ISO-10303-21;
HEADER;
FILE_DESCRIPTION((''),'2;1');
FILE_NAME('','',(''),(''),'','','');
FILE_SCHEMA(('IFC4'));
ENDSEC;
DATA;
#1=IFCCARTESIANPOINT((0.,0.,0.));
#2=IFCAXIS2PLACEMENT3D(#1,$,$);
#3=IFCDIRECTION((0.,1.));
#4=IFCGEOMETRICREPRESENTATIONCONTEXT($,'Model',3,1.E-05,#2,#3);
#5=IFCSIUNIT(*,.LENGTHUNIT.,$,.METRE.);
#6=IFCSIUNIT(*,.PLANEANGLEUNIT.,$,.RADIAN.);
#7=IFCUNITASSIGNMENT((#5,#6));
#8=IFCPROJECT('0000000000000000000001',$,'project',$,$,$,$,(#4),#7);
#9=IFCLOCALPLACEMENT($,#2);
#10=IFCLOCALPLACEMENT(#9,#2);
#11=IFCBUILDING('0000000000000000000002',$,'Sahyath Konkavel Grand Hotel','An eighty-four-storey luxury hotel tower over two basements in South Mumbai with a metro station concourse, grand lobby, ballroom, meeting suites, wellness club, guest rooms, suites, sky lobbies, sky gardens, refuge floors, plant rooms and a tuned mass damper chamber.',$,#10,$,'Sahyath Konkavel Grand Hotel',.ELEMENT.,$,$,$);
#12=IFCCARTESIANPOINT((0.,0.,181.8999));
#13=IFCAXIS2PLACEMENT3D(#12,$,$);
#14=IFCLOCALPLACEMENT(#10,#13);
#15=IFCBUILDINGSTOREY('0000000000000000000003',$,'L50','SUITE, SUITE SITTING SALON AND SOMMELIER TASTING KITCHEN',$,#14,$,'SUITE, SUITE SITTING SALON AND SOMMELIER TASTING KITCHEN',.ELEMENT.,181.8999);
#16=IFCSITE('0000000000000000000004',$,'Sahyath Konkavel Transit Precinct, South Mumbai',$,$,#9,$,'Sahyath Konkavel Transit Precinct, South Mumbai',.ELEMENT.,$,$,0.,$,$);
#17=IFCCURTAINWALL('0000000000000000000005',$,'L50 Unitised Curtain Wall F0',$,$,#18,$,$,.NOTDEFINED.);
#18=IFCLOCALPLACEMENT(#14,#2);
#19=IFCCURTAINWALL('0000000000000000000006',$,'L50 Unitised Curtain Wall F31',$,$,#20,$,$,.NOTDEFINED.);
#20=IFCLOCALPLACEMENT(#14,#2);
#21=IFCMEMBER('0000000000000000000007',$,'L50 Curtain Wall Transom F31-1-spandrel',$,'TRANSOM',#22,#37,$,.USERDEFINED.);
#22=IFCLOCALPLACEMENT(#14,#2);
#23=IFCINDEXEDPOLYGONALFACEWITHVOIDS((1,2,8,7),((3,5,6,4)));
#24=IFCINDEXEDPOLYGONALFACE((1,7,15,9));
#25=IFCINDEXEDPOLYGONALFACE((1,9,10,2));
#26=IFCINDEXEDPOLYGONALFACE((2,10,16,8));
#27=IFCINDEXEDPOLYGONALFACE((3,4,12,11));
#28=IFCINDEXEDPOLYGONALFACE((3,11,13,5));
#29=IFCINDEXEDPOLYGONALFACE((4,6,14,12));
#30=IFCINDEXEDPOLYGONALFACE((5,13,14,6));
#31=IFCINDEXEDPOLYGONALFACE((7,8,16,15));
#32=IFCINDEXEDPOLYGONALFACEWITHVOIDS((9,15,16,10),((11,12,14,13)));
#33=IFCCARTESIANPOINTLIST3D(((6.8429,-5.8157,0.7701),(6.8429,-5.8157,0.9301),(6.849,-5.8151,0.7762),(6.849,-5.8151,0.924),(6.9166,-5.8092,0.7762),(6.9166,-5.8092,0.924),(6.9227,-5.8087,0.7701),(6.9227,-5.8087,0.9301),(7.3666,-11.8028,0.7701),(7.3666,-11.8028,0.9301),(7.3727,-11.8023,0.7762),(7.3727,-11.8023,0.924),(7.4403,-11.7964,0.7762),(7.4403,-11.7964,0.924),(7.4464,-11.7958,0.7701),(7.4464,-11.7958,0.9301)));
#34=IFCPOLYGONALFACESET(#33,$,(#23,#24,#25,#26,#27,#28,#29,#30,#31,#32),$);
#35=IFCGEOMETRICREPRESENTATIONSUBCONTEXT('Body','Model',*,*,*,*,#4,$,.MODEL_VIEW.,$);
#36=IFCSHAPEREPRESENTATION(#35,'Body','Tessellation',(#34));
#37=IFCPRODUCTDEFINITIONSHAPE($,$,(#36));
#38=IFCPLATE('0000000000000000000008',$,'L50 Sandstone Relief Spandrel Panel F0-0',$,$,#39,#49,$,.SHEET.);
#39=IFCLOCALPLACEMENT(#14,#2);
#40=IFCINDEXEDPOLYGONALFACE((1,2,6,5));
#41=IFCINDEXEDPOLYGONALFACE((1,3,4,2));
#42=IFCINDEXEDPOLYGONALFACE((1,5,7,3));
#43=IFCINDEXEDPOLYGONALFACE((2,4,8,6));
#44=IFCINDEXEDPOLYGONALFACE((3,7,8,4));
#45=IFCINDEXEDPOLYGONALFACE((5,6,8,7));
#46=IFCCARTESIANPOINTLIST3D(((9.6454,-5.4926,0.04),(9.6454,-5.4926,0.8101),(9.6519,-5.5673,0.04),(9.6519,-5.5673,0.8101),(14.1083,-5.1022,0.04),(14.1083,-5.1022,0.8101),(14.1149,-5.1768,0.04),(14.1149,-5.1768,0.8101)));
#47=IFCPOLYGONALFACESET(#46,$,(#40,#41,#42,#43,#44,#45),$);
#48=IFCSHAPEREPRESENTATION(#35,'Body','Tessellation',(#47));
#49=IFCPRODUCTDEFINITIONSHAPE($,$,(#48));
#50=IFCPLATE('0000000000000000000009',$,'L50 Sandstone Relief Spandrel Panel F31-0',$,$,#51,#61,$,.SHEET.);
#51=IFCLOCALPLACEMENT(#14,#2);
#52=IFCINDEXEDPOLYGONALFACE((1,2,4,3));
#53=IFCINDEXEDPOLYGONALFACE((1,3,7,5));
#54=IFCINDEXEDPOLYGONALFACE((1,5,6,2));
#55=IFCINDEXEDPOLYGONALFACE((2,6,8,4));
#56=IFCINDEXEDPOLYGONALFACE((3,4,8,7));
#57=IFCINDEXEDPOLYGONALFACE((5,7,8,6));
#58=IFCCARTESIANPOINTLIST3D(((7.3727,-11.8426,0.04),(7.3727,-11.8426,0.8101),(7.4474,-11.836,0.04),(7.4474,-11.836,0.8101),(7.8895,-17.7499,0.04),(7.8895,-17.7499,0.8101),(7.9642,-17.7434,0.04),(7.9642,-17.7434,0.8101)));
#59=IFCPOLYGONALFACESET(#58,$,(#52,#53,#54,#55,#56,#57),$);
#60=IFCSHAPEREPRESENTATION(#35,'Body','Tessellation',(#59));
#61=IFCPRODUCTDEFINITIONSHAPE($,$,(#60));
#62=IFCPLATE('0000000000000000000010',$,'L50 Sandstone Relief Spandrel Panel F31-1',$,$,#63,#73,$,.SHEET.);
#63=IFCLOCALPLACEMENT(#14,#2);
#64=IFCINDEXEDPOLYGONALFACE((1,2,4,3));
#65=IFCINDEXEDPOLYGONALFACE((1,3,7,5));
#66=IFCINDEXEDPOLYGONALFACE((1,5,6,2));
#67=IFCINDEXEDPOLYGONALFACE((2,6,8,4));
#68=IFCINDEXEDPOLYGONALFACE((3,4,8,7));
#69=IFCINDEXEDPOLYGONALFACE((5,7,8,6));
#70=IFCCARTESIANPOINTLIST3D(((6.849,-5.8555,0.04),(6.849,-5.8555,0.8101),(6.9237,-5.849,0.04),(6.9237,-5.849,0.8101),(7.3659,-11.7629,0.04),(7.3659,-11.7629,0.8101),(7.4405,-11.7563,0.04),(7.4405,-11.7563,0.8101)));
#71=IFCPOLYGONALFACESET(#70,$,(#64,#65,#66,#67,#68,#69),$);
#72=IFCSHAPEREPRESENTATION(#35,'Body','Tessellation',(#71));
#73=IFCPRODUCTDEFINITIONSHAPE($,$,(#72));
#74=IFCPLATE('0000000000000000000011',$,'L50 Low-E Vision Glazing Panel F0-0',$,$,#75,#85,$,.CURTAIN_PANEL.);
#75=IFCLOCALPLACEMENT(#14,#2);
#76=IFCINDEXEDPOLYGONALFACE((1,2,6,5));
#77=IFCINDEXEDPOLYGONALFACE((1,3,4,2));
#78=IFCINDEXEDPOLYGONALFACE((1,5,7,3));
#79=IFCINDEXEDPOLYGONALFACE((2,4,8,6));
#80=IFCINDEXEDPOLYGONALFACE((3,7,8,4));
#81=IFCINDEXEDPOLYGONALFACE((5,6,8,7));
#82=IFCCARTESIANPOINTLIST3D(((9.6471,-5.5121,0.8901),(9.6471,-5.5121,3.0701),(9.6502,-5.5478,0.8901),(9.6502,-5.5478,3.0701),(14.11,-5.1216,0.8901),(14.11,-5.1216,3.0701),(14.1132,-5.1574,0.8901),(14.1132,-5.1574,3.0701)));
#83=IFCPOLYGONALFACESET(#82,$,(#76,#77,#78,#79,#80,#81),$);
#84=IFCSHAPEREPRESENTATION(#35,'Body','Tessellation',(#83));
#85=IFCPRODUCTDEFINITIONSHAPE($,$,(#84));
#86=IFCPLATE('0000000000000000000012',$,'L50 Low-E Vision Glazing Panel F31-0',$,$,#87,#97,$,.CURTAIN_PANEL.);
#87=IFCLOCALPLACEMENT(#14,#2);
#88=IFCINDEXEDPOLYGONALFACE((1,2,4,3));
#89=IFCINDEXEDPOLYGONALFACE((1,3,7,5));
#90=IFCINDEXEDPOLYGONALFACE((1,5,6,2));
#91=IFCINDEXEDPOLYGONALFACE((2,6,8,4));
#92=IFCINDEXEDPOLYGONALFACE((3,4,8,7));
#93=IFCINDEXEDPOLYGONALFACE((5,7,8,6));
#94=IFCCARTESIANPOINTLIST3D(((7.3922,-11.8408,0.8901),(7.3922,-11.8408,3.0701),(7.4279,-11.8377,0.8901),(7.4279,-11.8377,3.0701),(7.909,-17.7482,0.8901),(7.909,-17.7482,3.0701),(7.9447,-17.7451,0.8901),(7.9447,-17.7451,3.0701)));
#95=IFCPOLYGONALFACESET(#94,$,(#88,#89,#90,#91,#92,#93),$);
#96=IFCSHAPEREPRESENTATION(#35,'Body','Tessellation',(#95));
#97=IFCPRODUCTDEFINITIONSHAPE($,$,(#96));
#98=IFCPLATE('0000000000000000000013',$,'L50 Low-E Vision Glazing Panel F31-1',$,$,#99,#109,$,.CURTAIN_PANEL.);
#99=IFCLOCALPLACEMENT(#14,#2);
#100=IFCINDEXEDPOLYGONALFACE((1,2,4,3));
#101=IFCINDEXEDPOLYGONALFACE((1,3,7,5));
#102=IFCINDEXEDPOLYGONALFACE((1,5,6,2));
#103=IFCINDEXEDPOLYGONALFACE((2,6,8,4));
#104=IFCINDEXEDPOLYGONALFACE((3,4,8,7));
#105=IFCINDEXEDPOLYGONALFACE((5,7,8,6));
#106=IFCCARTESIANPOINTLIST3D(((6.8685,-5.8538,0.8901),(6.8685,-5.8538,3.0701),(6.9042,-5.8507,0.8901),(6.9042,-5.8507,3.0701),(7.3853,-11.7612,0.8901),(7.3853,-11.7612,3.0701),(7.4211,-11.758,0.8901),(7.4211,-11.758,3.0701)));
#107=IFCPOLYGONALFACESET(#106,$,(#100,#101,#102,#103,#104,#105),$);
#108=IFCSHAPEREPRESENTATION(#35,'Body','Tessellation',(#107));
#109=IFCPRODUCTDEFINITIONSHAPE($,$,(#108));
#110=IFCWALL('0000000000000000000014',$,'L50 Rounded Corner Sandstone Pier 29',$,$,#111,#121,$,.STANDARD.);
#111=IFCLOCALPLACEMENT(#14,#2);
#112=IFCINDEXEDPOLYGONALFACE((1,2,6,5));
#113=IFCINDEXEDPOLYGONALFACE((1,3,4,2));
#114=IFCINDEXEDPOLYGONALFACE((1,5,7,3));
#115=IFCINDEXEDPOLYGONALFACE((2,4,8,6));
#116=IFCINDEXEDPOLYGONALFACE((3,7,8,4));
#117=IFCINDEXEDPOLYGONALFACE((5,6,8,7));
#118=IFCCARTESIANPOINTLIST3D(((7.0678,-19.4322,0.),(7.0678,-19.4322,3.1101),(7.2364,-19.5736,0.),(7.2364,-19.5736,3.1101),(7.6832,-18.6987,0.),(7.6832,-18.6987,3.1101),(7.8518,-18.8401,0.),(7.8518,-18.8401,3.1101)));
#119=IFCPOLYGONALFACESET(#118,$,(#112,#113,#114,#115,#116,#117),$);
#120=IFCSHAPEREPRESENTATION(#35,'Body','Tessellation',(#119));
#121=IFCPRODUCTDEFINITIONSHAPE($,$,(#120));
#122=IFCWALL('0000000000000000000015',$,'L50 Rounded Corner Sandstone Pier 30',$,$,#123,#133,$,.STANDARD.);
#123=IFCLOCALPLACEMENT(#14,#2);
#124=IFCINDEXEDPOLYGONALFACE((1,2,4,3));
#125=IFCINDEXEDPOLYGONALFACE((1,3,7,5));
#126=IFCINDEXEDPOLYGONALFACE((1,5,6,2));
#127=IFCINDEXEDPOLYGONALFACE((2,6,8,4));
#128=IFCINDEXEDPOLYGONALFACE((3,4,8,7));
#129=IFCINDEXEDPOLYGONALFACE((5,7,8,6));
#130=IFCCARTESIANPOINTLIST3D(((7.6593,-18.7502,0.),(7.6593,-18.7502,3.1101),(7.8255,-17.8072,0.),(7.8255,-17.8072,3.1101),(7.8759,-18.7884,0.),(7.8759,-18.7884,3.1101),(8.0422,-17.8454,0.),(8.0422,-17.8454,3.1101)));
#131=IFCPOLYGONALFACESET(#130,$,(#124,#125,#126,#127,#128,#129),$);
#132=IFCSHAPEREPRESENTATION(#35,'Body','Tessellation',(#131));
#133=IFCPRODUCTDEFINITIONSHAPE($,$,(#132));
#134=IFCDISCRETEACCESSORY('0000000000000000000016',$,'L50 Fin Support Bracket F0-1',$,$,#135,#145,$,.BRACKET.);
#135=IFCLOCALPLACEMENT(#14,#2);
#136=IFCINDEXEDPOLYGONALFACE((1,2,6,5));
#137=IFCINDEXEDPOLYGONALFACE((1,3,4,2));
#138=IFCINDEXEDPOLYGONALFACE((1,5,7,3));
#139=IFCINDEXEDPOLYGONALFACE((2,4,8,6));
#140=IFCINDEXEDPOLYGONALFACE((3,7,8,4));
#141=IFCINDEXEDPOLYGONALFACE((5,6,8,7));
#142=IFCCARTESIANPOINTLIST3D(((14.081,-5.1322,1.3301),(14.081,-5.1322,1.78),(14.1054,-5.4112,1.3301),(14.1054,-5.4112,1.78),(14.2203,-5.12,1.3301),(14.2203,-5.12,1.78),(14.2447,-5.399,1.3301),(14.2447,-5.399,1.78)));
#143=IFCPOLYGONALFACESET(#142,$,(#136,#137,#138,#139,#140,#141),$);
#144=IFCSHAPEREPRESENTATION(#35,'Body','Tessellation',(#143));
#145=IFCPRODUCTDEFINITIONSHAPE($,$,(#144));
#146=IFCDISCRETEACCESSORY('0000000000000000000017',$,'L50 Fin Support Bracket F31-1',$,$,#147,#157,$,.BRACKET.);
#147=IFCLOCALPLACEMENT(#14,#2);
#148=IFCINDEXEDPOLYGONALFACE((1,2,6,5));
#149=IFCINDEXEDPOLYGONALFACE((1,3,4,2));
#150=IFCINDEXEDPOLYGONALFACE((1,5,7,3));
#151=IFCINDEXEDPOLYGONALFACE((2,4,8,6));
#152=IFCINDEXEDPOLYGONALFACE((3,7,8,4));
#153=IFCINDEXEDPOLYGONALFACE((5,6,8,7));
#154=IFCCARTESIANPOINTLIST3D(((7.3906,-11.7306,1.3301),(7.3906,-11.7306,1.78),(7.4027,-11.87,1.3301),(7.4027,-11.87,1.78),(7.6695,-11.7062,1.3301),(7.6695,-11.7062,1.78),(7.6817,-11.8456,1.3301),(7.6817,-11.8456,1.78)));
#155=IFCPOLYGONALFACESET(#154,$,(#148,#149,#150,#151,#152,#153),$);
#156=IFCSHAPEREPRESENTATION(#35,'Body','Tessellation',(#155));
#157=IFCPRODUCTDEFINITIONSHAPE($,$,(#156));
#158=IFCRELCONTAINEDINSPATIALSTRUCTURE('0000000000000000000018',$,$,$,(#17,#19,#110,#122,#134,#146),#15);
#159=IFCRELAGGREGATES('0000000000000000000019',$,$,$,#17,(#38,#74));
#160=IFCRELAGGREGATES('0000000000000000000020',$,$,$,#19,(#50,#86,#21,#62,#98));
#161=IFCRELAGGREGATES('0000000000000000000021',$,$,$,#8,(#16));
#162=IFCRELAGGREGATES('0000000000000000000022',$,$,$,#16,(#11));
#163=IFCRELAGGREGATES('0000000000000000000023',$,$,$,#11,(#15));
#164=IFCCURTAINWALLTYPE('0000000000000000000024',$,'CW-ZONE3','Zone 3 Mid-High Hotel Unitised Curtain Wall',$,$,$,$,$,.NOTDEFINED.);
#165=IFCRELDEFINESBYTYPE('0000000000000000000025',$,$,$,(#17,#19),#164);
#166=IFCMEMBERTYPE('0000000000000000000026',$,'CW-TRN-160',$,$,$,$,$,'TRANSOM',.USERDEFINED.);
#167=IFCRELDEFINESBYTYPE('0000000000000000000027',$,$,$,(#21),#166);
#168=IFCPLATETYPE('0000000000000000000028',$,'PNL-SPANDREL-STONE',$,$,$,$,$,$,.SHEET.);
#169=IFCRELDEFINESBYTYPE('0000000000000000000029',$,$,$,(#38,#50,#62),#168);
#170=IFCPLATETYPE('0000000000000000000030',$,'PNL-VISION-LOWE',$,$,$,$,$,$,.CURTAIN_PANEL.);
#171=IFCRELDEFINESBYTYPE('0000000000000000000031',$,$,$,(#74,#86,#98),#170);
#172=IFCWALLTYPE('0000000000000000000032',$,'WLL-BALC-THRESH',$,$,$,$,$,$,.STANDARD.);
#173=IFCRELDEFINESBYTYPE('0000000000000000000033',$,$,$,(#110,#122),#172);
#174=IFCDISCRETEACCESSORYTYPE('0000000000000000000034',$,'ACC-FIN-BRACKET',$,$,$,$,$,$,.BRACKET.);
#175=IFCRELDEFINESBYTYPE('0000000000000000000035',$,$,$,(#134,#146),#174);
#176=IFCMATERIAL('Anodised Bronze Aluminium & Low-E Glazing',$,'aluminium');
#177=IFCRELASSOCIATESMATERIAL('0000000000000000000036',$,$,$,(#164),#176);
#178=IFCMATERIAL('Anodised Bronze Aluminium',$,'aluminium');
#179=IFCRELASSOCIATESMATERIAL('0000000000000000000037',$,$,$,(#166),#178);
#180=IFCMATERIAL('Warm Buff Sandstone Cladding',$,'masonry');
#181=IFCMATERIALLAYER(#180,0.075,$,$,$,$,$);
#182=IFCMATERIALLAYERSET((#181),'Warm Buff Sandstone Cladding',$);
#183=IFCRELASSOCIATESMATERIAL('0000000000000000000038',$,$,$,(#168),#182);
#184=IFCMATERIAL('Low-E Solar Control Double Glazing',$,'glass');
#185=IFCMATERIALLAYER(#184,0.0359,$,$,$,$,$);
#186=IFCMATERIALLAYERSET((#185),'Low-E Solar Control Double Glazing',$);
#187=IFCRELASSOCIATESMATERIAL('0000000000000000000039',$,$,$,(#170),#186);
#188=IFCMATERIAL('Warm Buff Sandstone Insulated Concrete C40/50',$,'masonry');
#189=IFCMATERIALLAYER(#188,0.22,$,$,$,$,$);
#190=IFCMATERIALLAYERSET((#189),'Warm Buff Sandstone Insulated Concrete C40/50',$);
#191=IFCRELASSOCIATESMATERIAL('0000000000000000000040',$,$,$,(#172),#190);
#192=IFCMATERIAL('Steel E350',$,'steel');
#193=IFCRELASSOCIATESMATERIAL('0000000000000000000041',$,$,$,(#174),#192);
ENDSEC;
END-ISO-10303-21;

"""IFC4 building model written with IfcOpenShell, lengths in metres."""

from ifc_helpers import new_model, si_unit, direction, frame, frame_2d, origin, origin_2d, place, context, subcontext, project, spatial, rectangle, hollow_rectangle, extrude, source, transform, mapped, material, layer, layer_set, material_profile, profile_set, type_object, element, aggregate, save


model = new_model("IFC4")

# Units and contexts
model_context = context("Model", 3, precision=1e-05, world=origin(), true_north=direction((0.0, 1.0)))
body_context = subcontext(model_context, "Body", "Model", "MODEL_VIEW")
ifc_project = project(units=[si_unit("LENGTHUNIT", "METRE"), si_unit("PLANEANGLEUNIT", "RADIAN")], contexts=[model_context])

# Site, building, storey
site_placement = place(None, origin())
site = spatial("IfcSite", under=ifc_project, at=site_placement, Name="Sahyath Konkavel Transit Precinct, South Mumbai", LongName="Sahyath Konkavel Transit Precinct, South Mumbai", CompositionType="ELEMENT", RefElevation=0.0)
building_placement = place(site_placement, origin())
building = spatial("IfcBuilding", under=site, at=building_placement, Name="Sahyath Konkavel Grand Hotel", Description="An eighty-four-storey luxury hotel tower over two basements in South Mumbai with a metro station concourse, grand lobby, ballroom, meeting suites, wellness club, guest rooms, suites, sky lobbies, sky gardens, refuge floors, plant rooms and a tuned mass damper chamber.", LongName="Sahyath Konkavel Grand Hotel", CompositionType="ELEMENT")
storey_placement = place(building_placement, frame((0.0, 0.0, 181.8999)))
storey = spatial("IfcBuildingStorey", under=building, at=storey_placement, Name="L50", Description="SUITE, SUITE SITTING SALON AND SOMMELIER TASTING KITCHEN", LongName="SUITE, SUITE SITTING SALON AND SOMMELIER TASTING KITCHEN", CompositionType="ELEMENT", Elevation=181.8999)

# Curtain walls
ifc_material_1 = material(Name="Anodised Bronze Aluminium & Low-E Glazing", Category="aluminium")
curtain_wall_type = type_object("IfcCurtainWallType", Name="CW-ZONE3", Description="Zone 3 Mid-High Hotel Unitised Curtain Wall", PredefinedType="NOTDEFINED", material=ifc_material_1)
curtain_wall_1_placement = place(storey_placement, origin())
curtain_wall_1 = element("IfcCurtainWall", 1, at=curtain_wall_1_placement, inside=storey, type_object=curtain_wall_type, Name="L50 Unitised Curtain Wall F0", PredefinedType="NOTDEFINED")
curtain_wall_2_placement = place(storey_placement, origin())
curtain_wall_2 = element("IfcCurtainWall", 2, at=curtain_wall_2_placement, inside=storey, type_object=curtain_wall_type, Name="L50 Unitised Curtain Wall F31", PredefinedType="NOTDEFINED")

# Shared definitions
ifc_material_2 = material(Name="Anodised Bronze Aluminium", Category="aluminium")

# Member
ifc_material_profile_1 = material_profile(ifc_material_2, hollow_rectangle(XDim=0.0801, YDim=0.1599, WallThickness=0.0061, at=origin_2d()), Name="RHS 160x80x6")
ifc_profile_set_1 = profile_set([ifc_material_profile_1], Name="Anodised Bronze Aluminium")
member_type_1 = type_object("IfcMemberType", Name="CW-TRN-160", ElementType="TRANSOM", PredefinedType="USERDEFINED", material=ifc_profile_set_1)
shared_shape_1 = source(origin(), body_context, "Body", "SweptSolid", [
    extrude(hollow_rectangle(XDim=0.0801, YDim=0.1599, WallThickness=0.0061, at=origin_2d()), origin(), (0.0, 0.0, 1.0), 6.01),
])
member_1_placement = place(storey_placement, frame((7.4065, -11.7993, 0.8501), z_axis=(-0.087136, 0.996196, 0.0), x_axis=(-0.996196, -0.087136, 0.0)))
member_1 = element("IfcMember", 3, at=member_1_placement, type_object=member_type_1, Name="L50 Curtain Wall Transom F31-1-spandrel", ObjectType="TRANSOM", PredefinedType="USERDEFINED", context=body_context, shape_type="MappedRepresentation", body=[
    mapped(shared_shape_1, transform((0.0, 0.0, 0.0), scale=1.0)),
])

# Plates
ifc_material_3 = material(Name="Warm Buff Sandstone Cladding", Category="masonry")
ifc_layer_1 = layer(ifc_material_3, 0.075)
ifc_layer_set_1 = layer_set([ifc_layer_1], Name="Warm Buff Sandstone Cladding")
plate_type_1 = type_object("IfcPlateType", Name="PNL-SPANDREL-STONE", PredefinedType="SHEET", material=ifc_layer_set_1)
shared_shape_2 = source(origin(), body_context, "Body", "SweptSolid", [
    extrude(rectangle(XDim=4.48, YDim=0.075, at=origin_2d()), origin(), (0.0, 0.0, 1.0), 0.77),
])
plate_1_placement = place(storey_placement, frame((11.8801, -5.3347, 0.04), z_axis=(0.0, 0.0, 1.0), x_axis=(0.996195, 0.087156, 0.0)))
plate_1 = element("IfcPlate", 4, at=plate_1_placement, type_object=plate_type_1, Name="L50 Sandstone Relief Spandrel Panel F0-0", PredefinedType="SHEET", context=body_context, shape_type="MappedRepresentation", body=[
    mapped(shared_shape_2, transform((0.0, 0.0, 0.0), scale=1.0)),
])
shared_shape_3 = source(origin(), body_context, "Body", "SweptSolid", [
    extrude(rectangle(XDim=5.9299, YDim=0.075, at=origin_2d()), origin(), (0.0, 0.0, 1.0), 0.77),
])
plate_2_placement = place(storey_placement, frame((7.6685, -14.793, 0.04), z_axis=(0.0, 0.0, 1.0), x_axis=(-0.087156, 0.996195, 0.0)))
plate_2 = element("IfcPlate", 5, at=plate_2_placement, type_object=plate_type_1, Name="L50 Sandstone Relief Spandrel Panel F31-0", PredefinedType="SHEET", context=body_context, shape_type="MappedRepresentation", body=[
    mapped(shared_shape_3, transform((0.0, 0.0, 0.0), scale=1.0)),
])
plate_3_placement = place(storey_placement, frame((7.1448, -8.8059, 0.04), z_axis=(0.0, 0.0, 1.0), x_axis=(-0.087156, 0.996195, 0.0)))
plate_3 = element("IfcPlate", 6, at=plate_3_placement, type_object=plate_type_1, Name="L50 Sandstone Relief Spandrel Panel F31-1", PredefinedType="SHEET", context=body_context, shape_type="MappedRepresentation", body=[
    mapped(shared_shape_3, transform((0.0, 0.0, 0.0), scale=1.0)),
])
ifc_material_4 = material(Name="Low-E Solar Control Double Glazing", Category="glass")
ifc_layer_2 = layer(ifc_material_4, 0.0359)
ifc_layer_set_2 = layer_set([ifc_layer_2], Name="Low-E Solar Control Double Glazing")
plate_type_2 = type_object("IfcPlateType", Name="PNL-VISION-LOWE", PredefinedType="CURTAIN_PANEL", material=ifc_layer_set_2)
shared_shape_4 = source(origin(), body_context, "Body", "SweptSolid", [
    extrude(rectangle(XDim=4.48, YDim=0.0359, at=origin_2d()), origin(), (0.0, 0.0, 1.0), 2.1799),
])
plate_4_placement = place(storey_placement, frame((11.8801, -5.3347, 0.8901), z_axis=(0.0, 0.0, 1.0), x_axis=(0.996195, 0.087156, 0.0)))
plate_4 = element("IfcPlate", 7, at=plate_4_placement, type_object=plate_type_2, Name="L50 Low-E Vision Glazing Panel F0-0", PredefinedType="CURTAIN_PANEL", context=body_context, shape_type="MappedRepresentation", body=[
    mapped(shared_shape_4, transform((0.0, 0.0, 0.0), scale=1.0)),
])
aggregate(curtain_wall_1, [plate_1, plate_4])
shared_shape_5 = source(origin(), body_context, "Body", "SweptSolid", [
    extrude(rectangle(XDim=5.9299, YDim=0.0359, at=origin_2d()), origin(), (0.0, 0.0, 1.0), 2.1799),
])
plate_5_placement = place(storey_placement, frame((7.6685, -14.793, 0.8901), z_axis=(0.0, 0.0, 1.0), x_axis=(-0.087156, 0.996195, 0.0)))
plate_5 = element("IfcPlate", 8, at=plate_5_placement, type_object=plate_type_2, Name="L50 Low-E Vision Glazing Panel F31-0", PredefinedType="CURTAIN_PANEL", context=body_context, shape_type="MappedRepresentation", body=[
    mapped(shared_shape_5, transform((0.0, 0.0, 0.0), scale=1.0)),
])
plate_6_placement = place(storey_placement, frame((7.1448, -8.8059, 0.8901), z_axis=(0.0, 0.0, 1.0), x_axis=(-0.087156, 0.996195, 0.0)))
plate_6 = element("IfcPlate", 9, at=plate_6_placement, type_object=plate_type_2, Name="L50 Low-E Vision Glazing Panel F31-1", PredefinedType="CURTAIN_PANEL", context=body_context, shape_type="MappedRepresentation", body=[
    mapped(shared_shape_5, transform((0.0, 0.0, 0.0), scale=1.0)),
])
aggregate(curtain_wall_2, [plate_2, plate_5, member_1, plate_3, plate_6])

# Walls
ifc_material_5 = material(Name="Warm Buff Sandstone Insulated Concrete C40/50", Category="masonry")
ifc_layer_3 = layer(ifc_material_5, 0.22)
ifc_layer_set_3 = layer_set([ifc_layer_3], Name="Warm Buff Sandstone Insulated Concrete C40/50")
wall_type = type_object("IfcWallType", Name="WLL-BALC-THRESH", PredefinedType="STANDARD", material=ifc_layer_set_3)
for number, where, z_axis, x_axis, name in (
    (10, (7.1521, -19.5029, 0.0), (0.0, 0.0, 1.0), (0.642714, 0.766107, 0.0), "L50 Rounded Corner Sandstone Pier 29"),
    (11, (7.7676, -18.7693, 0.0), (0.0, 0.0, 1.0), (0.173654, 0.984807, 0.0), "L50 Rounded Corner Sandstone Pier 30"),
):
    element("IfcWall", number, at=place(storey_placement, frame(where, z_axis=z_axis, x_axis=x_axis)), inside=storey, type_object=wall_type, Name=name, PredefinedType="STANDARD", context=body_context, shape_type="SweptSolid", body=[
        extrude(rectangle(XDim=0.9575, YDim=0.22, at=frame_2d((0.4788, 0.0))), origin(), (0.0, 0.0, 1.0), 3.1101),
    ])

# Discrete accessories
ifc_material_6 = material(Name="Steel E350", Category="steel")
discrete_accessory_type = type_object("IfcDiscreteAccessoryType", Name="ACC-FIN-BRACKET", PredefinedType="BRACKET", material=ifc_material_6)
shared_shape_6 = source(origin(), body_context, "Body", "SweptSolid", [
    extrude(rectangle(XDim=0.28, YDim=0.1399, at=origin_2d()), origin(), (0.0, 0.0, 1.0), 0.45),
])
for number, where, z_axis, x_axis, name in (
    (12, (14.1628, -5.2656, 1.3301), (0.0, 0.0, 1.0), (0.087156, -0.996195, 0.0), "L50 Fin Support Bracket F0-1"),
    (13, (7.5361, -11.7881, 1.3301), (0.0, 0.0, 1.0), (0.996195, 0.087156, 0.0), "L50 Fin Support Bracket F31-1"),
):
    element("IfcDiscreteAccessory", number, at=place(storey_placement, frame(where, z_axis=z_axis, x_axis=x_axis)), inside=storey, type_object=discrete_accessory_type, Name=name, PredefinedType="BRACKET", context=body_context, shape_type="MappedRepresentation", body=[
        mapped(shared_shape_6, transform((0.0, 0.0, 0.0), scale=1.0)),
    ])

save(model, "model.ifc")
